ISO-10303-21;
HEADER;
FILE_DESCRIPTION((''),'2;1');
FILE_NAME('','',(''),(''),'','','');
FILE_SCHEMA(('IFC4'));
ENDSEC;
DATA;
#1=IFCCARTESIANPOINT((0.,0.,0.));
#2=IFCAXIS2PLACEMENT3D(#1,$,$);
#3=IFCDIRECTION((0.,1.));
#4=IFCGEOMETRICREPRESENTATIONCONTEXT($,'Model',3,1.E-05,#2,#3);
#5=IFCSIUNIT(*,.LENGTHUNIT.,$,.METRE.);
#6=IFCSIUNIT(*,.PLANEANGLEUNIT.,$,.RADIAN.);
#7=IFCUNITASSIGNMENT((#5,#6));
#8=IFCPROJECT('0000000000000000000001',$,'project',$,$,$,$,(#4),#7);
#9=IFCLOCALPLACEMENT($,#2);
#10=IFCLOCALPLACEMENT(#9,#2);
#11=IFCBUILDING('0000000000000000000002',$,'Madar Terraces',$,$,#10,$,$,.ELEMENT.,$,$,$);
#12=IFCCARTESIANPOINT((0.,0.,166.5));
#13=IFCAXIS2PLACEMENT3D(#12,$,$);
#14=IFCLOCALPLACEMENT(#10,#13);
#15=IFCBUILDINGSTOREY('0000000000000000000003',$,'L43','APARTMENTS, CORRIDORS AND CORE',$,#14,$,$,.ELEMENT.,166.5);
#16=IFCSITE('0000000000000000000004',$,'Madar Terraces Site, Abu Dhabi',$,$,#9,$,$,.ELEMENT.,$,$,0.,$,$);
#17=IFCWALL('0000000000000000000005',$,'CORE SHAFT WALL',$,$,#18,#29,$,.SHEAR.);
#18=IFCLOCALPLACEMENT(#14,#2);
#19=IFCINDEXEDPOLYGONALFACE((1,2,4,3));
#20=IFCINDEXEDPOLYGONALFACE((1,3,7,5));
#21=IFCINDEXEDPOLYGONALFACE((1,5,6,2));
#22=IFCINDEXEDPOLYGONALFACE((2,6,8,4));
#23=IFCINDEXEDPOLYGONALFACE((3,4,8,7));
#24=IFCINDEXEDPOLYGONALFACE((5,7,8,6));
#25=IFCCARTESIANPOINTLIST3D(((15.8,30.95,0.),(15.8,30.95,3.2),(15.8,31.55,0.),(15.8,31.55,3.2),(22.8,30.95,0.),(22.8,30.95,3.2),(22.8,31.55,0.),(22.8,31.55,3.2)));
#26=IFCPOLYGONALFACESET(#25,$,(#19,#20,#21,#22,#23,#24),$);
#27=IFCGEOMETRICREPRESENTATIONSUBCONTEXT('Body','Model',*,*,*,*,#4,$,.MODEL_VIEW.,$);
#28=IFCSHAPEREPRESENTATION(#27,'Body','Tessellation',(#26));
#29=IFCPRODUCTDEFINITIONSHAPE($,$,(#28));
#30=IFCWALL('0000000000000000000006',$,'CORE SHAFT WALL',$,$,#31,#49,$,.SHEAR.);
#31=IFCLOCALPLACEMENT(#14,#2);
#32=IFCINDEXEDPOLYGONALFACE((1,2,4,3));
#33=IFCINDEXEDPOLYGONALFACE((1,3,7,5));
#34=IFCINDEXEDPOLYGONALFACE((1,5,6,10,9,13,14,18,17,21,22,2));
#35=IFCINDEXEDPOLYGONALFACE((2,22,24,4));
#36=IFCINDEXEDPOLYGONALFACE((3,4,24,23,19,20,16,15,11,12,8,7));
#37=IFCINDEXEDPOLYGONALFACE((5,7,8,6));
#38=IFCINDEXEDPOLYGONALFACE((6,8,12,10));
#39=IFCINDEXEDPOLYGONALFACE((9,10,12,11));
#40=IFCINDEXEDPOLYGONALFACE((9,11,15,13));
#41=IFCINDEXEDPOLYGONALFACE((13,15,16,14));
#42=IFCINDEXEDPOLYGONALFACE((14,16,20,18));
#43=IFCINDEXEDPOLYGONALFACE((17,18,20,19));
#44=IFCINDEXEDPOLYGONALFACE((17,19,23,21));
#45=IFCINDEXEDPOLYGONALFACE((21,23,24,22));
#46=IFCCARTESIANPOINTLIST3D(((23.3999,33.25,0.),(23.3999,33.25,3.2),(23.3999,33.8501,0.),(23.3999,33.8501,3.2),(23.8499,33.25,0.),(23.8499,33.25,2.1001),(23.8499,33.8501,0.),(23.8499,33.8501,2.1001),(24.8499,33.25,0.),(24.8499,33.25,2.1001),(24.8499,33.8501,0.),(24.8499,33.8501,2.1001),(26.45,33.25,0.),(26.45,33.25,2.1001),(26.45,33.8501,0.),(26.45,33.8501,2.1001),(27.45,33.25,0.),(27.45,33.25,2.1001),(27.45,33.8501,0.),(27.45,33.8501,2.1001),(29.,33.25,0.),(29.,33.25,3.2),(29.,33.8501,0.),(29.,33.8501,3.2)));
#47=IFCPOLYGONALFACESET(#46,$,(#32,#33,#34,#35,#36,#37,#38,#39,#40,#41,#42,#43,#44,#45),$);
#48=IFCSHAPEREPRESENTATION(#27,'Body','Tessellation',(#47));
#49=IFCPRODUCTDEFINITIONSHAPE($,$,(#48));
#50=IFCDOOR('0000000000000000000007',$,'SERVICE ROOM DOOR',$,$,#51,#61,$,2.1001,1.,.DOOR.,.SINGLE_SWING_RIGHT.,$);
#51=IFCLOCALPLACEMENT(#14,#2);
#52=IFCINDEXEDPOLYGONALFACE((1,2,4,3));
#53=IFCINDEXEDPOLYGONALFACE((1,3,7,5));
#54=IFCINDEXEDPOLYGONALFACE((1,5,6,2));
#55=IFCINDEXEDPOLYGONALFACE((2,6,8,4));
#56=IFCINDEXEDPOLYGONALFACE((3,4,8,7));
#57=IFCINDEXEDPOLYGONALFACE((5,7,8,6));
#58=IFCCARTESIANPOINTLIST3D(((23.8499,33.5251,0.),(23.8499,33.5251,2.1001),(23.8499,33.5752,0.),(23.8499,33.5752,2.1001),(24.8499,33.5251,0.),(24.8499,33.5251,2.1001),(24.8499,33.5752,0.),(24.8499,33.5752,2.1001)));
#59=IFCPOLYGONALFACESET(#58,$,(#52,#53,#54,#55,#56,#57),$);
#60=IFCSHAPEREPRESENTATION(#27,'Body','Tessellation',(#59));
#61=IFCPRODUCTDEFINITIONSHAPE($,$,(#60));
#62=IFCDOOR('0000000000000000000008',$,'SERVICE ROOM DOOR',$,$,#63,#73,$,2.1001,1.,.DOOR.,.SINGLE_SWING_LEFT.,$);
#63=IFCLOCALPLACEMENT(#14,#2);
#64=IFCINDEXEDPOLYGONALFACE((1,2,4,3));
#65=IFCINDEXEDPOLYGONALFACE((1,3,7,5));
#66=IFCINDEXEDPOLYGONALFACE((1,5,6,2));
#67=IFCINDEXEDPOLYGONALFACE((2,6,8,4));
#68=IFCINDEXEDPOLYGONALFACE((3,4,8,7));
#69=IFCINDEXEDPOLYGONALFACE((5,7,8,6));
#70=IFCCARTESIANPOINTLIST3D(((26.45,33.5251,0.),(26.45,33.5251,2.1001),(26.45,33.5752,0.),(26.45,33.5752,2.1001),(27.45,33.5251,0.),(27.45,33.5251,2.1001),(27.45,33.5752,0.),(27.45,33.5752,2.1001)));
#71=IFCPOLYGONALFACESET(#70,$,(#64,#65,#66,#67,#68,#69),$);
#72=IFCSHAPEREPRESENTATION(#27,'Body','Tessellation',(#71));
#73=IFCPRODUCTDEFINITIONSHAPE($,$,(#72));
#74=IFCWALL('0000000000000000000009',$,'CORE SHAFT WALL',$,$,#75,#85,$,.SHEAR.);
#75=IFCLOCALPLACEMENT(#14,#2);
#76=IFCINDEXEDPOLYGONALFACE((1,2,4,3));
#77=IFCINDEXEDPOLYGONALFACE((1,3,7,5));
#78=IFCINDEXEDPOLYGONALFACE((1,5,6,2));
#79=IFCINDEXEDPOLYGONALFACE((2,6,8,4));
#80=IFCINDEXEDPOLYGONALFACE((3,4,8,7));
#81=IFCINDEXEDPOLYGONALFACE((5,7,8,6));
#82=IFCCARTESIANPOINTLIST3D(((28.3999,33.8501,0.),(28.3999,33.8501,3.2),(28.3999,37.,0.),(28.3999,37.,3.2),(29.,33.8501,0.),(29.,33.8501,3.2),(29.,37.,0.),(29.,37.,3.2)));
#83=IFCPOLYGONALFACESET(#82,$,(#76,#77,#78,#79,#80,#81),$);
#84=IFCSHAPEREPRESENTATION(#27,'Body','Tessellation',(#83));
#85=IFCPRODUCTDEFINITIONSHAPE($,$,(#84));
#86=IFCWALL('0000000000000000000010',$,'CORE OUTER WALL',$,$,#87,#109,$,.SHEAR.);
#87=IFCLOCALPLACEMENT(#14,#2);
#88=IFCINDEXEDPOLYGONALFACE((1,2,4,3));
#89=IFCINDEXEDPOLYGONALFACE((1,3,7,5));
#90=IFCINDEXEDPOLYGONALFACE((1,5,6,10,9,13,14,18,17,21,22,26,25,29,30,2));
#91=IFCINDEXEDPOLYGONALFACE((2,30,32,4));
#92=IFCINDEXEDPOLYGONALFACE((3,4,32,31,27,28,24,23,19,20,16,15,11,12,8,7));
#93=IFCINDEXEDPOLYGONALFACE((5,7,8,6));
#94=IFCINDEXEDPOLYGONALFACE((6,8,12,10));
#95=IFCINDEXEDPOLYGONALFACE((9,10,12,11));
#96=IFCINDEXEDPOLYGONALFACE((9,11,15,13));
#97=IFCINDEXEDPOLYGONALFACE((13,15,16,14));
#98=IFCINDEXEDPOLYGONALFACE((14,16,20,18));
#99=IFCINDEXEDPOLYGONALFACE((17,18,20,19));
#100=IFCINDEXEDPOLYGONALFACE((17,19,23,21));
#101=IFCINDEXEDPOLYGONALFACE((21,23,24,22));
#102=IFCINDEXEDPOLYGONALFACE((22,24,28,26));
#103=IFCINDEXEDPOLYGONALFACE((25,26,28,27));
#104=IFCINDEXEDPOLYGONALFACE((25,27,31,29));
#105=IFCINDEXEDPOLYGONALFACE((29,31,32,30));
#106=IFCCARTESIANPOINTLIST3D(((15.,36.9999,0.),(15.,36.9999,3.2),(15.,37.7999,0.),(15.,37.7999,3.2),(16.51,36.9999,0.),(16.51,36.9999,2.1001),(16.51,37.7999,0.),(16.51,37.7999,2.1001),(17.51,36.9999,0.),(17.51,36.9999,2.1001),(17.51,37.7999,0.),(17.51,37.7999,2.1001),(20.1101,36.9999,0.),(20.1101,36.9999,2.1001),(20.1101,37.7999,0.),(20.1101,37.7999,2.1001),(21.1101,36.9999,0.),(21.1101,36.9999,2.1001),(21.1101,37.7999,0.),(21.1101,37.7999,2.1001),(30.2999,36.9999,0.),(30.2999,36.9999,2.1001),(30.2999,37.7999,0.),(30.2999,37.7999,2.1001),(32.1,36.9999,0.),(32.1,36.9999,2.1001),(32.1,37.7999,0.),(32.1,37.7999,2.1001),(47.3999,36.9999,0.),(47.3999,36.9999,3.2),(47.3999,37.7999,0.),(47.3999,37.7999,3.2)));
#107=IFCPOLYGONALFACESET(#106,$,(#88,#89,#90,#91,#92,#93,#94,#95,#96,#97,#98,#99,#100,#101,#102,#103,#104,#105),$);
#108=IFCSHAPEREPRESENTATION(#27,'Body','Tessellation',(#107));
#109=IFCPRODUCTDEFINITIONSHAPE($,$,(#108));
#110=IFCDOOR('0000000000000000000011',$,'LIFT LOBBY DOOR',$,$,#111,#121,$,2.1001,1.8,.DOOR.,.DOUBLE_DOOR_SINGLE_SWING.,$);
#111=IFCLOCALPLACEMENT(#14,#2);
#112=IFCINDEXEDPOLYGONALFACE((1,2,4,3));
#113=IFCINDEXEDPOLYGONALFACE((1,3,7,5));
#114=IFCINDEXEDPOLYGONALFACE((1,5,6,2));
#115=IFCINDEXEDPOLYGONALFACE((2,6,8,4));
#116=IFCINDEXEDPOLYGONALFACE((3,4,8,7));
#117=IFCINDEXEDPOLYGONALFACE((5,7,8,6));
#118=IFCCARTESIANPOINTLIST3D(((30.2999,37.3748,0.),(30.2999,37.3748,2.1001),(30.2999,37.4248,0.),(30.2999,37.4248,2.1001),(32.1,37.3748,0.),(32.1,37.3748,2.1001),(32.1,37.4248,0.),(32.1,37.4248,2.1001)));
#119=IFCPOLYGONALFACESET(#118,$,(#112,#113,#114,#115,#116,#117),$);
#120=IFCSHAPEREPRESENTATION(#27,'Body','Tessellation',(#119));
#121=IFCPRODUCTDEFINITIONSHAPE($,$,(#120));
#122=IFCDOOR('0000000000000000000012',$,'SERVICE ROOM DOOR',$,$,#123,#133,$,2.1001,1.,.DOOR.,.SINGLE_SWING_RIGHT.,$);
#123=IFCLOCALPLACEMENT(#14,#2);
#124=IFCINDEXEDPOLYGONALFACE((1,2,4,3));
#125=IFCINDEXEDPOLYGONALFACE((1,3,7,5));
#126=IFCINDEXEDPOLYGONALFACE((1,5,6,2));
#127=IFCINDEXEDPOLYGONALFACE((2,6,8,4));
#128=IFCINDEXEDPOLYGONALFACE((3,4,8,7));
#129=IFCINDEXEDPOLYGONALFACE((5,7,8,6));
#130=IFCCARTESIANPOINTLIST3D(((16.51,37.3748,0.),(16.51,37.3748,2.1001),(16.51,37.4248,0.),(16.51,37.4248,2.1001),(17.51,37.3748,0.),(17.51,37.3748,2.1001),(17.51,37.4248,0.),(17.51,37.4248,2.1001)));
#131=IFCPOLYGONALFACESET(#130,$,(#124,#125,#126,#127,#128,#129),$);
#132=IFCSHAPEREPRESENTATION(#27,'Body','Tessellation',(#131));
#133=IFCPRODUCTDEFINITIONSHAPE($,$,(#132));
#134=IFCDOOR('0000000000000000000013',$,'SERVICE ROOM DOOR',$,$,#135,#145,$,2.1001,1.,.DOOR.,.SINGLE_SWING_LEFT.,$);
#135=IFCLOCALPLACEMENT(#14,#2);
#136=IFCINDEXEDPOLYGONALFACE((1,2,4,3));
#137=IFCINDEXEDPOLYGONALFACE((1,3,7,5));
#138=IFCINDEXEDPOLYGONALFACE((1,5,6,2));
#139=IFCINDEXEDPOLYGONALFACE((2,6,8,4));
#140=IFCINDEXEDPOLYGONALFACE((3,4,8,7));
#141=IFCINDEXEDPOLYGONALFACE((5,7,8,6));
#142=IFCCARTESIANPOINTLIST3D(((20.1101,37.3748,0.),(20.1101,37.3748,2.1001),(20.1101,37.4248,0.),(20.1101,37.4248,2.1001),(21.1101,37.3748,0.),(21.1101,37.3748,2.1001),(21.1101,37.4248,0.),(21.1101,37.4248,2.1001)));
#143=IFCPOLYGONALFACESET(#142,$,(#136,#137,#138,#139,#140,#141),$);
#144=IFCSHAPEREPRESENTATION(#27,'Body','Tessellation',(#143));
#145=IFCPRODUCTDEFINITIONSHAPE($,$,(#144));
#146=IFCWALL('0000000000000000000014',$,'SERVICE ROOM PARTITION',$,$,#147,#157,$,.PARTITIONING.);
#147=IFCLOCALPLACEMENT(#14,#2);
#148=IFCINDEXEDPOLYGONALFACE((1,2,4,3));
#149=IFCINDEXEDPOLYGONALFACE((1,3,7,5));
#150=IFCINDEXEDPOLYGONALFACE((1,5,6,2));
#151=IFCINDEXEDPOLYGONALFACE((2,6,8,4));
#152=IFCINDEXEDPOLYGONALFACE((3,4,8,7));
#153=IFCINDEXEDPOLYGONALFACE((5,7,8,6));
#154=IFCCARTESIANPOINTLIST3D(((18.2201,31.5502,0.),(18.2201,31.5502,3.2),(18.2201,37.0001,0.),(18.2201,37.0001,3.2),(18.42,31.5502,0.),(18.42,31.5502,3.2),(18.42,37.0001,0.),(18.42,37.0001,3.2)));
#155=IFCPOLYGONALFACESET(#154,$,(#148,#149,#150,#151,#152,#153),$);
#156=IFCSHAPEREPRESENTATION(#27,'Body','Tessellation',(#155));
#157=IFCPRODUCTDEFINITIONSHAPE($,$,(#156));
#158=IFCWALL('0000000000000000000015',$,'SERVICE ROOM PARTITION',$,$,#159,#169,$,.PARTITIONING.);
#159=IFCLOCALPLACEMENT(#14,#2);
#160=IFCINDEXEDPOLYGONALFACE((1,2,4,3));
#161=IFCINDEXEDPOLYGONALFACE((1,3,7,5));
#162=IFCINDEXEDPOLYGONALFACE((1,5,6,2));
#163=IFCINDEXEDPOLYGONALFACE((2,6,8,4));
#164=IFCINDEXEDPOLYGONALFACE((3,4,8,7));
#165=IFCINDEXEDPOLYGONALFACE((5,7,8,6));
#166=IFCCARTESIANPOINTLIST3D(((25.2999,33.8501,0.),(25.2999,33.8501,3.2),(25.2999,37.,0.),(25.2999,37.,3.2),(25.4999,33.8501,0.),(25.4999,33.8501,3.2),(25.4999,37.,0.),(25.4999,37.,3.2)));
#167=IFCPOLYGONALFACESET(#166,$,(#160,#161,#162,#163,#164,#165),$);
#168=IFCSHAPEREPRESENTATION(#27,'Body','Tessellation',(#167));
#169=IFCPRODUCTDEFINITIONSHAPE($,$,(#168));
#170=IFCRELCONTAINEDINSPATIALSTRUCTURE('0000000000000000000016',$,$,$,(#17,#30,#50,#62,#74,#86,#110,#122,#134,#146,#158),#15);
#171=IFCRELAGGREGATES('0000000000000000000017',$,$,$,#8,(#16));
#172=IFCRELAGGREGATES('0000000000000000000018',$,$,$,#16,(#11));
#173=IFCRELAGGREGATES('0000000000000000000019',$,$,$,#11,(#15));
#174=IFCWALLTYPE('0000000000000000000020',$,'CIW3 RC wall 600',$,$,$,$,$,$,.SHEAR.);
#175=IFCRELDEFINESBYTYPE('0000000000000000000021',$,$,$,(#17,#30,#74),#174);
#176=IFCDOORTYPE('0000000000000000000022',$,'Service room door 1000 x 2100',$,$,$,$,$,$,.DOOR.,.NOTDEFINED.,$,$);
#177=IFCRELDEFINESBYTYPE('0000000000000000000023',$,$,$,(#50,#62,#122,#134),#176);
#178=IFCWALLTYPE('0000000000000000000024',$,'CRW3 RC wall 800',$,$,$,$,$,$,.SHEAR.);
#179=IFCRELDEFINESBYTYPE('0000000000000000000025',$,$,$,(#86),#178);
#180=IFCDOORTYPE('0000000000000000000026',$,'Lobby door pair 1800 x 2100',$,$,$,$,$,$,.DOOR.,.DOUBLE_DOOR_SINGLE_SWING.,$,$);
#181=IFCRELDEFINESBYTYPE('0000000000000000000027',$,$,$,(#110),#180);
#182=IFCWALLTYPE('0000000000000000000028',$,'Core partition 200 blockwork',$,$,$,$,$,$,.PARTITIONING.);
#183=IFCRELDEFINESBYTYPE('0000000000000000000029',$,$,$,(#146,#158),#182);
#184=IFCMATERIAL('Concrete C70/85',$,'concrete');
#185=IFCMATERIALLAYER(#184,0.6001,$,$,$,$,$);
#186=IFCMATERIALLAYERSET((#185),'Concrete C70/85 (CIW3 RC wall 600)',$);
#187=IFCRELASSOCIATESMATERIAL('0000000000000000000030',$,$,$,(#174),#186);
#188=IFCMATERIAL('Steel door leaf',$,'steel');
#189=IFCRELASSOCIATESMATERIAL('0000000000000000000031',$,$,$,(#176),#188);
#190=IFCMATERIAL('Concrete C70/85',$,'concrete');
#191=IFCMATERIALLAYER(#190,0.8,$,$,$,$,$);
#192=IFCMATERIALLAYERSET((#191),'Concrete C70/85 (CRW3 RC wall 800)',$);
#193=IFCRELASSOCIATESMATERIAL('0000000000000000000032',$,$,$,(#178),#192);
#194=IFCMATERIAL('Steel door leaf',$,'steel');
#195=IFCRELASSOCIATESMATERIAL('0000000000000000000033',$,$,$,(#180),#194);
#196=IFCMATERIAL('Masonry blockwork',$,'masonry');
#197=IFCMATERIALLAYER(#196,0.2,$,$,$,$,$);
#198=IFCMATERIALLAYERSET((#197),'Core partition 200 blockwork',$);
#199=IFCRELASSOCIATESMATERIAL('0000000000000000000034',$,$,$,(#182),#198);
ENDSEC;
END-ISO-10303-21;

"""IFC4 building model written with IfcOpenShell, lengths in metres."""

from ifc_helpers import new_model, si_unit, direction, frame, frame_2d, origin, place, context, subcontext, project, spatial, rectangle, extrude, material, layer, layer_set, type_object, element, fill, save


model = new_model("IFC4")

# Units and contexts
model_context = context("Model", 3, precision=1e-05, world=origin(), true_north=direction((0.0, 1.0)))
body_context = subcontext(model_context, "Body", "Model", "MODEL_VIEW")
ifc_project = project(units=[si_unit("LENGTHUNIT", "METRE"), si_unit("PLANEANGLEUNIT", "RADIAN")], contexts=[model_context])

# Site, building, storey
site_placement = place(None, origin())
site = spatial("IfcSite", under=ifc_project, at=site_placement, Name="Madar Terraces Site, Abu Dhabi", CompositionType="ELEMENT", RefElevation=0.0)
building_placement = place(site_placement, origin())
building = spatial("IfcBuilding", under=site, at=building_placement, Name="Madar Terraces", CompositionType="ELEMENT")
storey_placement = place(building_placement, frame((0.0, 0.0, 166.5)))
storey = spatial("IfcBuildingStorey", under=building, at=storey_placement, Name="L43", Description="APARTMENTS, CORRIDORS AND CORE", CompositionType="ELEMENT", Elevation=166.5)

# Wall
ifc_material_1 = material(Name="Concrete C70/85", Category="concrete")
ifc_layer_1 = layer(ifc_material_1, 0.6001)
ifc_layer_set_1 = layer_set([ifc_layer_1], Name="Concrete C70/85 (CIW3 RC wall 600)")
wall_type_1 = type_object("IfcWallType", Name="CIW3 RC wall 600", PredefinedType="SHEAR", material=ifc_layer_set_1)
wall_1_placement = place(storey_placement, frame((15.8, 31.25, 0.0), z_axis=(0.0, 0.0, 1.0), x_axis=(1.0, 0.0, 0.0)))
element("IfcWall", 1, at=wall_1_placement, inside=storey, type_object=wall_type_1, Name="CORE SHAFT WALL", PredefinedType="SHEAR", context=body_context, shape_type="SweptSolid", body=[
    extrude(rectangle(XDim=7.0, YDim=0.6001, at=frame_2d((3.5, 0.0))), origin(), (0.0, 0.0, 1.0), 3.2),
])

# Wall, openings, doors
wall_2_placement = place(storey_placement, frame((23.3999, 33.55, 0.0), z_axis=(0.0, 0.0, 1.0), x_axis=(1.0, 0.0, 0.0)))
wall_2 = element("IfcWall", 2, at=wall_2_placement, inside=storey, type_object=wall_type_1, Name="CORE SHAFT WALL", PredefinedType="SHEAR", context=body_context, shape_type="SweptSolid", body=[
    extrude(rectangle(XDim=5.6001, YDim=0.6001, at=frame_2d((2.8, 0.0))), origin(), (0.0, 0.0, 1.0), 3.2),
])
opening_1_placement = place(wall_2_placement, frame((0.45, 0.0, 0.0)))
opening_1 = element("IfcOpeningElement", 3, at=opening_1_placement, cuts=wall_2, PredefinedType="OPENING", context=body_context, shape_type="SweptSolid", body=[
    extrude(rectangle(XDim=1.0, YDim=2.1001, at=frame_2d((0.5, 1.05))), frame((0.0, 0.3101, 0.0), z_axis=(0.0, -1.0, 0.0), x_axis=(1.0, 0.0, 0.0)), (0.0, 0.0, 1.0), 0.6201),
])
opening_2_placement = place(wall_2_placement, frame((3.05, 0.0, 0.0)))
opening_2 = element("IfcOpeningElement", 4, at=opening_2_placement, cuts=wall_2, PredefinedType="OPENING", context=body_context, shape_type="SweptSolid", body=[
    extrude(rectangle(XDim=1.0, YDim=2.1001, at=frame_2d((0.5, 1.05))), frame((0.0, 0.3101, 0.0), z_axis=(0.0, -1.0, 0.0), x_axis=(1.0, 0.0, 0.0)), (0.0, 0.0, 1.0), 0.6201),
])
ifc_material_2 = material(Name="Steel door leaf", Category="steel")
door_type_1 = type_object("IfcDoorType", Name="Service room door 1000 x 2100", OperationType="NOTDEFINED", PredefinedType="DOOR", material=ifc_material_2)
door_1_placement = place(opening_1_placement, frame((1.0, 0.0, 0.0), z_axis=(0.0, 0.0, 1.0), x_axis=(-1.0, 0.0, 0.0)))
door_1 = element("IfcDoor", 5, at=door_1_placement, inside=storey, type_object=door_type_1, Name="SERVICE ROOM DOOR", OperationType="SINGLE_SWING_RIGHT", OverallHeight=2.1001, OverallWidth=1.0, PredefinedType="DOOR", context=body_context, shape_type="SweptSolid", body=[
    extrude(rectangle(XDim=1.0, YDim=2.1001, at=frame_2d((0.5, 1.05))), frame((0.0, 0.0249, 0.0), z_axis=(0.0, -1.0, 0.0), x_axis=(1.0, 0.0, 0.0)), (0.0, 0.0, 1.0), 0.05),
])
fill(opening_1, door_1)
door_2_placement = place(opening_2_placement, frame((1.0, 0.0, 0.0), z_axis=(0.0, 0.0, 1.0), x_axis=(-1.0, 0.0, 0.0)))
door_2 = element("IfcDoor", 6, at=door_2_placement, inside=storey, type_object=door_type_1, Name="SERVICE ROOM DOOR", OperationType="SINGLE_SWING_LEFT", OverallHeight=2.1001, OverallWidth=1.0, PredefinedType="DOOR", context=body_context, shape_type="SweptSolid", body=[
    extrude(rectangle(XDim=1.0, YDim=2.1001, at=frame_2d((0.5, 1.05))), frame((0.0, 0.0249, 0.0), z_axis=(0.0, -1.0, 0.0), x_axis=(1.0, 0.0, 0.0)), (0.0, 0.0, 1.0), 0.05),
])
fill(opening_2, door_2)

# Wall
wall_3_placement = place(storey_placement, frame((28.7, 33.8501, 0.0), z_axis=(0.0, 0.0, 1.0), x_axis=(0.0, 1.0, 0.0)))
element("IfcWall", 7, at=wall_3_placement, inside=storey, type_object=wall_type_1, Name="CORE SHAFT WALL", PredefinedType="SHEAR", context=body_context, shape_type="SweptSolid", body=[
    extrude(rectangle(XDim=3.1499, YDim=0.6001, at=frame_2d((1.575, 0.0))), origin(), (0.0, 0.0, 1.0), 3.2),
])

# Wall, openings, doors
ifc_material_3 = material(Name="Concrete C70/85", Category="concrete")
ifc_layer_2 = layer(ifc_material_3, 0.8)
ifc_layer_set_2 = layer_set([ifc_layer_2], Name="Concrete C70/85 (CRW3 RC wall 800)")
wall_type_2 = type_object("IfcWallType", Name="CRW3 RC wall 800", PredefinedType="SHEAR", material=ifc_layer_set_2)
wall_4_placement = place(storey_placement, frame((15.0, 37.3999, 0.0), z_axis=(0.0, 0.0, 1.0), x_axis=(1.0, 0.0, 0.0)))
wall_4 = element("IfcWall", 8, at=wall_4_placement, inside=storey, type_object=wall_type_2, Name="CORE OUTER WALL", PredefinedType="SHEAR", context=body_context, shape_type="SweptSolid", body=[
    extrude(rectangle(XDim=32.3999, YDim=0.8, at=frame_2d((16.2, 0.0))), origin(), (0.0, 0.0, 1.0), 3.2),
])
opening_3_placement = place(wall_4_placement, frame((15.3, 0.0, 0.0)))
opening_3 = element("IfcOpeningElement", 9, at=opening_3_placement, cuts=wall_4, PredefinedType="OPENING", context=body_context, shape_type="SweptSolid", body=[
    extrude(rectangle(XDim=1.8, YDim=2.1001, at=frame_2d((0.8999, 1.05))), frame((0.0, 0.4099, 0.0), z_axis=(0.0, -1.0, 0.0), x_axis=(1.0, 0.0, 0.0)), (0.0, 0.0, 1.0), 0.8201),
])
opening_4_placement = place(wall_4_placement, frame((1.51, 0.0, 0.0)))
opening_4 = element("IfcOpeningElement", 10, at=opening_4_placement, cuts=wall_4, PredefinedType="OPENING", context=body_context, shape_type="SweptSolid", body=[
    extrude(rectangle(XDim=1.0, YDim=2.1001, at=frame_2d((0.5, 1.05))), frame((0.0, 0.4099, 0.0), z_axis=(0.0, -1.0, 0.0), x_axis=(1.0, 0.0, 0.0)), (0.0, 0.0, 1.0), 0.8201),
])
opening_5_placement = place(wall_4_placement, frame((5.1101, 0.0, 0.0)))
opening_5 = element("IfcOpeningElement", 11, at=opening_5_placement, cuts=wall_4, PredefinedType="OPENING", context=body_context, shape_type="SweptSolid", body=[
    extrude(rectangle(XDim=1.0, YDim=2.1001, at=frame_2d((0.5, 1.05))), frame((0.0, 0.4099, 0.0), z_axis=(0.0, -1.0, 0.0), x_axis=(1.0, 0.0, 0.0)), (0.0, 0.0, 1.0), 0.8201),
])
ifc_material_4 = material(Name="Steel door leaf", Category="steel")
door_type_2 = type_object("IfcDoorType", Name="Lobby door pair 1800 x 2100", OperationType="DOUBLE_DOOR_SINGLE_SWING", PredefinedType="DOOR", material=ifc_material_4)
door_3_placement = place(opening_3_placement, origin())
door_3 = element("IfcDoor", 12, at=door_3_placement, inside=storey, type_object=door_type_2, Name="LIFT LOBBY DOOR", OperationType="DOUBLE_DOOR_SINGLE_SWING", OverallHeight=2.1001, OverallWidth=1.8, PredefinedType="DOOR", context=body_context, shape_type="SweptSolid", body=[
    extrude(rectangle(XDim=1.8, YDim=2.1001, at=frame_2d((0.8999, 1.05))), frame((0.0, 0.0249, 0.0), z_axis=(0.0, -1.0, 0.0), x_axis=(1.0, 0.0, 0.0)), (0.0, 0.0, 1.0), 0.05),
])
fill(opening_3, door_3)
door_4_placement = place(opening_4_placement, origin())
door_4 = element("IfcDoor", 13, at=door_4_placement, inside=storey, type_object=door_type_1, Name="SERVICE ROOM DOOR", OperationType="SINGLE_SWING_RIGHT", OverallHeight=2.1001, OverallWidth=1.0, PredefinedType="DOOR", context=body_context, shape_type="SweptSolid", body=[
    extrude(rectangle(XDim=1.0, YDim=2.1001, at=frame_2d((0.5, 1.05))), frame((0.0, 0.0249, 0.0), z_axis=(0.0, -1.0, 0.0), x_axis=(1.0, 0.0, 0.0)), (0.0, 0.0, 1.0), 0.05),
])
fill(opening_4, door_4)
door_5_placement = place(opening_5_placement, origin())
door_5 = element("IfcDoor", 14, at=door_5_placement, inside=storey, type_object=door_type_1, Name="SERVICE ROOM DOOR", OperationType="SINGLE_SWING_LEFT", OverallHeight=2.1001, OverallWidth=1.0, PredefinedType="DOOR", context=body_context, shape_type="SweptSolid", body=[
    extrude(rectangle(XDim=1.0, YDim=2.1001, at=frame_2d((0.5, 1.05))), frame((0.0, 0.0249, 0.0), z_axis=(0.0, -1.0, 0.0), x_axis=(1.0, 0.0, 0.0)), (0.0, 0.0, 1.0), 0.05),
])
fill(opening_5, door_5)

# Walls
ifc_material_5 = material(Name="Masonry blockwork", Category="masonry")
ifc_layer_3 = layer(ifc_material_5, 0.2)
ifc_layer_set_3 = layer_set([ifc_layer_3], Name="Core partition 200 blockwork")
wall_type_3 = type_object("IfcWallType", Name="Core partition 200 blockwork", PredefinedType="PARTITIONING", material=ifc_layer_set_3)
wall_5_placement = place(storey_placement, frame((18.3201, 31.55, 0.0), z_axis=(0.0, 0.0, 1.0), x_axis=(0.0, 1.0, 0.0)))
element("IfcWall", 15, at=wall_5_placement, inside=storey, type_object=wall_type_3, Name="SERVICE ROOM PARTITION", PredefinedType="PARTITIONING", context=body_context, shape_type="SweptSolid", body=[
    extrude(rectangle(XDim=5.45, YDim=0.2, at=frame_2d((2.7251, 0.0))), origin(), (0.0, 0.0, 1.0), 3.2),
])
wall_6_placement = place(storey_placement, frame((25.3999, 33.8501, 0.0), z_axis=(0.0, 0.0, 1.0), x_axis=(0.0, 1.0, 0.0)))
element("IfcWall", 16, at=wall_6_placement, inside=storey, type_object=wall_type_3, Name="SERVICE ROOM PARTITION", PredefinedType="PARTITIONING", context=body_context, shape_type="SweptSolid", body=[
    extrude(rectangle(XDim=3.1499, YDim=0.2, at=frame_2d((1.575, 0.0))), origin(), (0.0, 0.0, 1.0), 3.2),
])

save(model, "model.ifc")
